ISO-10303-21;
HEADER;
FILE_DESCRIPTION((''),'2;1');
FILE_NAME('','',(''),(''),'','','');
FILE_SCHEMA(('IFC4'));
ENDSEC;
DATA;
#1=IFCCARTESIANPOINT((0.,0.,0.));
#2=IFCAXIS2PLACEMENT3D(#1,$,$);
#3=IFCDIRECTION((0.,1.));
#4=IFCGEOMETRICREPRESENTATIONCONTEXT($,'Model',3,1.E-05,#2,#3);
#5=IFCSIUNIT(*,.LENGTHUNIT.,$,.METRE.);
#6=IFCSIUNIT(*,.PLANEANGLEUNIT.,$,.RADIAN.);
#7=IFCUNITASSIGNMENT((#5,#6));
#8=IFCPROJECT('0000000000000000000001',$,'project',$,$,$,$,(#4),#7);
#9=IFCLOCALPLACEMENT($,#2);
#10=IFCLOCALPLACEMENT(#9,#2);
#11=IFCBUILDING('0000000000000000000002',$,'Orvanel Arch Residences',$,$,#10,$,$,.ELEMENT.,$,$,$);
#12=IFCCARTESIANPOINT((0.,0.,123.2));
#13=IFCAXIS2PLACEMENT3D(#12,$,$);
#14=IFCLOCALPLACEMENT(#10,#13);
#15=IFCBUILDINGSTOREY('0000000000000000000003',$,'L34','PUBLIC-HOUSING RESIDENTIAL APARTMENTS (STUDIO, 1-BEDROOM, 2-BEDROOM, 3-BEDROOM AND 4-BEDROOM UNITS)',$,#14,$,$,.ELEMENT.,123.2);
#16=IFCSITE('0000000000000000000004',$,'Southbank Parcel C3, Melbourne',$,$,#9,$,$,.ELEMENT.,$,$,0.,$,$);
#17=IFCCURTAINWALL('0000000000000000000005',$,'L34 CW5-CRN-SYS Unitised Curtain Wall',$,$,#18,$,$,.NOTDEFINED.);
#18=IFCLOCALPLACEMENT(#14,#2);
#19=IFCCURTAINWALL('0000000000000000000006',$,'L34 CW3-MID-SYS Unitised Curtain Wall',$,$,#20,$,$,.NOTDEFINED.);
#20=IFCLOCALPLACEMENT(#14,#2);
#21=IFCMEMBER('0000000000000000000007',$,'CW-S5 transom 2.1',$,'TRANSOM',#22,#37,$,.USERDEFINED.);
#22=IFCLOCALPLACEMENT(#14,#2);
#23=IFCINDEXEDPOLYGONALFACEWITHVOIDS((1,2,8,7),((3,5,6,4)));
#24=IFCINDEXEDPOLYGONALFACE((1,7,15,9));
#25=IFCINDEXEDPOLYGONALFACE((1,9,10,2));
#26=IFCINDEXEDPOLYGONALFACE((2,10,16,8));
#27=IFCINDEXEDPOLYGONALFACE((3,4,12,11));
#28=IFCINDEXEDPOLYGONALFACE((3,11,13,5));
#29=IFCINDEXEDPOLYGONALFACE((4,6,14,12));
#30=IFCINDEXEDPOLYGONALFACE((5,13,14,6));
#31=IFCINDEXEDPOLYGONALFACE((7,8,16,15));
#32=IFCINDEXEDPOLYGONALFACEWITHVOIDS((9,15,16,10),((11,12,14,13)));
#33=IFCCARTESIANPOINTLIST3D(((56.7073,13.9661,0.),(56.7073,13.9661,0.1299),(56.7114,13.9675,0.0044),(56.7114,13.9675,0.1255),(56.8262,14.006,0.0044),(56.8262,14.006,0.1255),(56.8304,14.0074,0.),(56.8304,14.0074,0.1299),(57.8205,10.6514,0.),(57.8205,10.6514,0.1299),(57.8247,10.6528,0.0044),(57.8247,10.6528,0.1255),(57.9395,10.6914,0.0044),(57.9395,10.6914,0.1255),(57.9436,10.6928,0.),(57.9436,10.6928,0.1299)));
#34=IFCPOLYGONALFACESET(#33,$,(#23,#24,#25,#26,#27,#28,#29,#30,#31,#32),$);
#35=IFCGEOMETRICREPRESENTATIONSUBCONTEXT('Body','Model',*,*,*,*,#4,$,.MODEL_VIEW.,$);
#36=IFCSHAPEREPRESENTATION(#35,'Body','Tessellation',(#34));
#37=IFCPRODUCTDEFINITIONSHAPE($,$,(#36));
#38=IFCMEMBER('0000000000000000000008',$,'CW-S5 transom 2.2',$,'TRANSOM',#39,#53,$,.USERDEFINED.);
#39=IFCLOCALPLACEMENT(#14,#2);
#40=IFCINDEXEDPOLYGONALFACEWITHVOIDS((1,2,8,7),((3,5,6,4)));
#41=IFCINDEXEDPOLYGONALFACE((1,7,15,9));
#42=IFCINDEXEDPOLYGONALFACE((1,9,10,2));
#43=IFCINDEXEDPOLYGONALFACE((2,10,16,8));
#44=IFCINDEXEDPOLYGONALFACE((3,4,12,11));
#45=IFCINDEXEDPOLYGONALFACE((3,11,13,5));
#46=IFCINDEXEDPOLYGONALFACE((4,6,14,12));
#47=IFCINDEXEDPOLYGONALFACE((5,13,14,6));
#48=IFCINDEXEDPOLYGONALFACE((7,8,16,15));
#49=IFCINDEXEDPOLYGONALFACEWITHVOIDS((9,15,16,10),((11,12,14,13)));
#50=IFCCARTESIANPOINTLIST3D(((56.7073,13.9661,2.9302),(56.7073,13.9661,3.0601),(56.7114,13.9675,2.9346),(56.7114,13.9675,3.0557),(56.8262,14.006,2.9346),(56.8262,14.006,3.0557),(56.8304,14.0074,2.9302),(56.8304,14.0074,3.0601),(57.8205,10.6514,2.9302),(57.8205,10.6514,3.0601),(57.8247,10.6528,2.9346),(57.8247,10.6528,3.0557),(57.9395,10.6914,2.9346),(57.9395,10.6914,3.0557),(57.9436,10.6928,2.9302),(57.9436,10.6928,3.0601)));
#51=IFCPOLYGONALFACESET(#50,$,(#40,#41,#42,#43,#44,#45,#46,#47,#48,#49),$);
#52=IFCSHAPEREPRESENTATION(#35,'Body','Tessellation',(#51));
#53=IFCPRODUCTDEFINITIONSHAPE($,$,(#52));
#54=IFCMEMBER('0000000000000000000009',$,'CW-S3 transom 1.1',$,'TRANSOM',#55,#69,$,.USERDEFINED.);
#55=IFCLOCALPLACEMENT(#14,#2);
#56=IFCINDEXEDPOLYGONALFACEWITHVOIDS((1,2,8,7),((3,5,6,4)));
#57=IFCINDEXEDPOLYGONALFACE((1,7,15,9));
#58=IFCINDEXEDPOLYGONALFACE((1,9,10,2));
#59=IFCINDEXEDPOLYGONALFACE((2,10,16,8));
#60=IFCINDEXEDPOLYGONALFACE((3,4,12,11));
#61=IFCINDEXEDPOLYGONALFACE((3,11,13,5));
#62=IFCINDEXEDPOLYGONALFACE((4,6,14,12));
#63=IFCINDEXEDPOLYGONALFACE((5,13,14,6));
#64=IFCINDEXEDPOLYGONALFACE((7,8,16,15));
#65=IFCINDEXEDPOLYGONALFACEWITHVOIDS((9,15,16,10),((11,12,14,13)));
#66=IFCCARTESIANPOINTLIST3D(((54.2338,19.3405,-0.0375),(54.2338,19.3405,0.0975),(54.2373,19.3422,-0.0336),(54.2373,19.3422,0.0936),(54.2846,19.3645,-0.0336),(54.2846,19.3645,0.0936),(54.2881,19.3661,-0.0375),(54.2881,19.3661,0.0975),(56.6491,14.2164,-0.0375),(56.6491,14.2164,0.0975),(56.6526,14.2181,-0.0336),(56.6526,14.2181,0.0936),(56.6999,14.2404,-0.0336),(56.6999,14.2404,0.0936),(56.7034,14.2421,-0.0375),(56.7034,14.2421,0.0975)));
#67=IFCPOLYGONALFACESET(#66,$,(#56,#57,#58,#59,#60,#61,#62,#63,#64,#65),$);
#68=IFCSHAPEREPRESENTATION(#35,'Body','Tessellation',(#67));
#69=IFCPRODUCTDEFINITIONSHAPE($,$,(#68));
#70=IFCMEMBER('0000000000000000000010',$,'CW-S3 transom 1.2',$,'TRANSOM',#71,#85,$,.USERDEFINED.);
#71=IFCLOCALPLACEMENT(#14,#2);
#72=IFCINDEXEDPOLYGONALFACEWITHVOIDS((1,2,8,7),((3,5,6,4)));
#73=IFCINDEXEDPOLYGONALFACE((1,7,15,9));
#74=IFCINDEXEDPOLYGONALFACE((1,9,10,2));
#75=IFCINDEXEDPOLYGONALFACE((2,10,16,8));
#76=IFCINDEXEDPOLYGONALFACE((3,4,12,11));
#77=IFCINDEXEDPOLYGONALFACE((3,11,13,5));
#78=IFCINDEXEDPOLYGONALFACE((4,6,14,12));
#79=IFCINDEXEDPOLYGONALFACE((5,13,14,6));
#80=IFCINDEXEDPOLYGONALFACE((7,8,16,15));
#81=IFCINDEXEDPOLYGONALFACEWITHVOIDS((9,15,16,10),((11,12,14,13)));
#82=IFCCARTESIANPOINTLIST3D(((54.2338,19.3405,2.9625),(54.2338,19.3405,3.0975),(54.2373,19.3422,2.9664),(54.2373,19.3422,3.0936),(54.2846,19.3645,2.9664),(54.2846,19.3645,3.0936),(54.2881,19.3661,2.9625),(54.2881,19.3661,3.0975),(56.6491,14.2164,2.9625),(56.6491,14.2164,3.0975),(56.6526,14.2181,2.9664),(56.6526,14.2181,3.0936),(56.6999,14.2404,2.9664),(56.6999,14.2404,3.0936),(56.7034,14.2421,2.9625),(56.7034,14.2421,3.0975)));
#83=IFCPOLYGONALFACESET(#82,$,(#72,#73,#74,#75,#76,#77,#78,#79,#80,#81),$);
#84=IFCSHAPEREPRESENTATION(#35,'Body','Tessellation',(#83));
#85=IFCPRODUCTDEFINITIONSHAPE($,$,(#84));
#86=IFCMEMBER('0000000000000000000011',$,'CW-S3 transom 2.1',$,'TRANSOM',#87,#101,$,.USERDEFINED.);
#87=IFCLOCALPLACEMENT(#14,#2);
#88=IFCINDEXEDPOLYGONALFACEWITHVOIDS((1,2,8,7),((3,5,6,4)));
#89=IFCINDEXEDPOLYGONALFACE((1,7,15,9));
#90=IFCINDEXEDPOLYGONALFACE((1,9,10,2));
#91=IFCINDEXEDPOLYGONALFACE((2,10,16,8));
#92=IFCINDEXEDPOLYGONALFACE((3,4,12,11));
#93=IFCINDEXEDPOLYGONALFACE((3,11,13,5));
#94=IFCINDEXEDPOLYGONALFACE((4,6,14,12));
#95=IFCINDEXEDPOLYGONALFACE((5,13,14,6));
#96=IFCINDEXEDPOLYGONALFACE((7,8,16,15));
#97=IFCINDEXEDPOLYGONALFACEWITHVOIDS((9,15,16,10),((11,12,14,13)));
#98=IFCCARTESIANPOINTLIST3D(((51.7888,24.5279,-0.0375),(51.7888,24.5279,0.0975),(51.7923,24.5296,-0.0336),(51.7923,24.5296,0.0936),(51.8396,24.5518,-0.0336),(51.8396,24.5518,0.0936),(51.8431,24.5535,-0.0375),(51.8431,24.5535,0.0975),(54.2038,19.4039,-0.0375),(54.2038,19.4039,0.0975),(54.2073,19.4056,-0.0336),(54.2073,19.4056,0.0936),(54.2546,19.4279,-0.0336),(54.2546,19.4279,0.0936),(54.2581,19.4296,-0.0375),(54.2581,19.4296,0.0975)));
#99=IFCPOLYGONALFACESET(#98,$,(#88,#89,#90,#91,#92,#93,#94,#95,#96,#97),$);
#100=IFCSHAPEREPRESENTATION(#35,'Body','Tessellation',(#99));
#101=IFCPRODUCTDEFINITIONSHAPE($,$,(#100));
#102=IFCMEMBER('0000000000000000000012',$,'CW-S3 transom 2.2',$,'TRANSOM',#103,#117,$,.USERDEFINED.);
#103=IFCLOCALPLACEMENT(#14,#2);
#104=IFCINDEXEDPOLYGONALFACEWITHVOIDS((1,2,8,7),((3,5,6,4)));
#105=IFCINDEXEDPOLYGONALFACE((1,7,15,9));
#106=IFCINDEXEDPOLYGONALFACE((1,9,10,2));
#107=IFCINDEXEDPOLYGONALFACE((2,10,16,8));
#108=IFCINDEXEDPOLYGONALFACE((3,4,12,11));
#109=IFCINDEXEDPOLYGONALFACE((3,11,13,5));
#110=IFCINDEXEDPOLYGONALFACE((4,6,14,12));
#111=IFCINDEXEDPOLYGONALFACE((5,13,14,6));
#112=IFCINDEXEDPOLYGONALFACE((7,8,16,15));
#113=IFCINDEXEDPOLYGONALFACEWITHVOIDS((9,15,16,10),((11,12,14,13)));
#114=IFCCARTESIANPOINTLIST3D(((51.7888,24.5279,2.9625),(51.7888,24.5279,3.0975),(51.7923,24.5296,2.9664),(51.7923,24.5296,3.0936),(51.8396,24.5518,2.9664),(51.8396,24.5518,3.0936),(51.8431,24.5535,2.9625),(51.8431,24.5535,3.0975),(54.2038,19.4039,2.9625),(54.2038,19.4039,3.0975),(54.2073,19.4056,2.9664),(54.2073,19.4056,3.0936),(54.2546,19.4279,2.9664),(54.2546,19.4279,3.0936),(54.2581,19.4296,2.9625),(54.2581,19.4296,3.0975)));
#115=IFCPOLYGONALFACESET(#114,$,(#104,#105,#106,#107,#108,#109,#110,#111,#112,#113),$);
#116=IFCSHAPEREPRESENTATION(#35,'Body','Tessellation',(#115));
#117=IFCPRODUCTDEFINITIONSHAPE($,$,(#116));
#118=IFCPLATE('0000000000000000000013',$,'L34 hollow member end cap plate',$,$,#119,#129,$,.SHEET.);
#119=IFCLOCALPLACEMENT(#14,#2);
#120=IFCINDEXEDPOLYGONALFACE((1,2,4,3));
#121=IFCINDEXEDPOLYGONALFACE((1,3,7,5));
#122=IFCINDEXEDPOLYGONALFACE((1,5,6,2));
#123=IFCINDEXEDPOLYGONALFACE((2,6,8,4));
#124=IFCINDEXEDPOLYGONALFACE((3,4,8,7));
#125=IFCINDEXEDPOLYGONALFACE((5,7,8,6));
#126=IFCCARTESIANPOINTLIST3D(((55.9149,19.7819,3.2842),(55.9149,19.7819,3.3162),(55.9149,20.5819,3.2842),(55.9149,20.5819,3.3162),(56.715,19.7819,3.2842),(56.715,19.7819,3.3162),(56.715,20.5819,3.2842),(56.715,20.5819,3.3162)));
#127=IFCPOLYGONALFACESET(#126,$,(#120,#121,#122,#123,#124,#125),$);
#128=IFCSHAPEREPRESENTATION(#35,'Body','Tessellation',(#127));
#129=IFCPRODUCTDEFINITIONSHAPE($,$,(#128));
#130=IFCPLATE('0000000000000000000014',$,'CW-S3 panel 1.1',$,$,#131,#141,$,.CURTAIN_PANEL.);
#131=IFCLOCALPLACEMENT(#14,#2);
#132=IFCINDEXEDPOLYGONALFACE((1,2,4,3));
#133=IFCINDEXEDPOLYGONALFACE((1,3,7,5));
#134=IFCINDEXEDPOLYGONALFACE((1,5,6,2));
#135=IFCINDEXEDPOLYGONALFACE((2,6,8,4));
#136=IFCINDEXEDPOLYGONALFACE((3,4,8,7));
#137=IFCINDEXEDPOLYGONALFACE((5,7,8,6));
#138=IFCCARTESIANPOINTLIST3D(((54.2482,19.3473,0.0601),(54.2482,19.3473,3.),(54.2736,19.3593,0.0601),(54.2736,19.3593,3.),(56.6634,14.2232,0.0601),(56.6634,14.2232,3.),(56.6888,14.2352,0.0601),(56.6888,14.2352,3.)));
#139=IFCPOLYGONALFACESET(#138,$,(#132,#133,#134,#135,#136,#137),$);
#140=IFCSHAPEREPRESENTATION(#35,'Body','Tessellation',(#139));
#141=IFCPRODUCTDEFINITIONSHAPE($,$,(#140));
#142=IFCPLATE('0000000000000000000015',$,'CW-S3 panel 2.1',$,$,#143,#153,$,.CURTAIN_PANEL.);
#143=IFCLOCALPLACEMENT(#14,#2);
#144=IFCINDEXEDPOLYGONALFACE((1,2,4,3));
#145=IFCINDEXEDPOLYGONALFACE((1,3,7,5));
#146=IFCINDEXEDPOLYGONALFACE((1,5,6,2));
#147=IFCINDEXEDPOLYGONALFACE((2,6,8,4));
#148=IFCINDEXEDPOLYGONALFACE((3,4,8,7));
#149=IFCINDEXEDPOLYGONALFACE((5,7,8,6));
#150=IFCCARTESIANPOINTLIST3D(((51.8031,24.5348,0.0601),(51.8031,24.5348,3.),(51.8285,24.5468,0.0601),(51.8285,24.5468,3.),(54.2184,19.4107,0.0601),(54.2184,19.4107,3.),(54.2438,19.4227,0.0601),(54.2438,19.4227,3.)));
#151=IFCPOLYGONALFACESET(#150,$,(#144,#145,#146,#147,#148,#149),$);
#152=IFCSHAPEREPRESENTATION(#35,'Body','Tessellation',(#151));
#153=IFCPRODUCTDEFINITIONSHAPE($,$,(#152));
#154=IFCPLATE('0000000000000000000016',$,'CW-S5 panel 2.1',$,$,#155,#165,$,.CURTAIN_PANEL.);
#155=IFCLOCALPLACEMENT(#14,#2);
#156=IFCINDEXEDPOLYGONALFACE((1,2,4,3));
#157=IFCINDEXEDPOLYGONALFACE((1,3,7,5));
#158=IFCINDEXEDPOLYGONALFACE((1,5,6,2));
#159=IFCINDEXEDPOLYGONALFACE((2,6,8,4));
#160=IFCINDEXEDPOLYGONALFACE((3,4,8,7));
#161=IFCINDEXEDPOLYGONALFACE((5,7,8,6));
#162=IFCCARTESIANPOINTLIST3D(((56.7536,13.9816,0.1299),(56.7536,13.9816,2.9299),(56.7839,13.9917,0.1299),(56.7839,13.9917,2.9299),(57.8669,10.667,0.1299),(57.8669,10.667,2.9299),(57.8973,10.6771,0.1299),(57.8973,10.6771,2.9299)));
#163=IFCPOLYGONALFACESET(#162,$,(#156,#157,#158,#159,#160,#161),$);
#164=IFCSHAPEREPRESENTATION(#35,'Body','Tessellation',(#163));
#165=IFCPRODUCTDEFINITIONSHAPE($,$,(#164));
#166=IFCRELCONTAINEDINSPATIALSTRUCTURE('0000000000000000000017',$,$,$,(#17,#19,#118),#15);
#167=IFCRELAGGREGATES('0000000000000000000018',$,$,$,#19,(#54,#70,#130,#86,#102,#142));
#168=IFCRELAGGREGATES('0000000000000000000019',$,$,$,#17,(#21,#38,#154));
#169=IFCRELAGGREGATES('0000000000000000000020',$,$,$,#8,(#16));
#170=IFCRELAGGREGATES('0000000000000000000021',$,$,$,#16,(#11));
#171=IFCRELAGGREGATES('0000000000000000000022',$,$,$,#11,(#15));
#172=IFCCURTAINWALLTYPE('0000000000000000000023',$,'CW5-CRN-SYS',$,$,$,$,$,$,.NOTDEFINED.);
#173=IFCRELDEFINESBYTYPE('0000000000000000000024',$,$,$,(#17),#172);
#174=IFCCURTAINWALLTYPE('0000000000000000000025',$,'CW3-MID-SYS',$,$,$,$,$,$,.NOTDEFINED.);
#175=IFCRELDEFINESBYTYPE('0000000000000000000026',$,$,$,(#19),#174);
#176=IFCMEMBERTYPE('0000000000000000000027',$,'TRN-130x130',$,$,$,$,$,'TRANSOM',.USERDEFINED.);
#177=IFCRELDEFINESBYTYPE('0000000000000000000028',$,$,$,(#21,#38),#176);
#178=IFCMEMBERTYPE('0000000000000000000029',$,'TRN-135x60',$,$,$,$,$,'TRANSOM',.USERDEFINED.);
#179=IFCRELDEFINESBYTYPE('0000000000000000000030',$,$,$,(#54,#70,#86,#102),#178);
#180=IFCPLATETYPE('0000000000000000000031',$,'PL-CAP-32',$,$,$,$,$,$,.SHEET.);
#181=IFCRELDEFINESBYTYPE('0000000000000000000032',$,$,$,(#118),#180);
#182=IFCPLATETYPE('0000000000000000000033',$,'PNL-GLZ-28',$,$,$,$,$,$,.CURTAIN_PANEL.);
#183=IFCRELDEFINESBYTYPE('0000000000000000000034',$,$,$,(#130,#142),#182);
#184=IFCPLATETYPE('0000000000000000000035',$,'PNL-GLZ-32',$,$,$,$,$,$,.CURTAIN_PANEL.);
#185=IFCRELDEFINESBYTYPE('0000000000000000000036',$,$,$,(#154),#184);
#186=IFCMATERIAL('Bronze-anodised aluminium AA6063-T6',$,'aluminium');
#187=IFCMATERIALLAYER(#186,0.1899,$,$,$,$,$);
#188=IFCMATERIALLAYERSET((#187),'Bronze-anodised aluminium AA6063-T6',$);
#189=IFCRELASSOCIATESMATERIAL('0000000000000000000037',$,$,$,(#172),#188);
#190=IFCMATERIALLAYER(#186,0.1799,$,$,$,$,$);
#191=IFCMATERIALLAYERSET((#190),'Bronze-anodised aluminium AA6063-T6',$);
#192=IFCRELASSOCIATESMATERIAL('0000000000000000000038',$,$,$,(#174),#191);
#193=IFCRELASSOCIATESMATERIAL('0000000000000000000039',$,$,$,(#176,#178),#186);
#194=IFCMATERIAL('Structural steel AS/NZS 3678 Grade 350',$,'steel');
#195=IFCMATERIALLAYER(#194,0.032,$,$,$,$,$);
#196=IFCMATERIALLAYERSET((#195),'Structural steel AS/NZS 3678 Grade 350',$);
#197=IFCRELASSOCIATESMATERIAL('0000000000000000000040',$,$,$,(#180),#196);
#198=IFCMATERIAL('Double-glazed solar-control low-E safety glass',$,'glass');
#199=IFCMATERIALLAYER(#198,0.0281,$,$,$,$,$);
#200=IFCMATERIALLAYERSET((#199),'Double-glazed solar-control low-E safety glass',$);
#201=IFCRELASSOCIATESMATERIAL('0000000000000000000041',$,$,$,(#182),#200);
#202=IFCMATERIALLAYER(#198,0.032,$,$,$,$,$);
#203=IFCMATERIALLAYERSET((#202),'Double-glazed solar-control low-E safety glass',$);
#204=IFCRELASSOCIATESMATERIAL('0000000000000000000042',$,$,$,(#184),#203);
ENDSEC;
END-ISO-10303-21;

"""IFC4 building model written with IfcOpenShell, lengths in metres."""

from ifc_helpers import new_model, si_unit, direction, frame, origin, origin_2d, place, context, subcontext, project, spatial, rectangle, hollow_rectangle, extrude, material, layer, layer_set, material_profile, profile_set, type_object, element, aggregate, save


model = new_model("IFC4")

# Units and contexts
model_context = context("Model", 3, precision=1e-05, world=origin(), true_north=direction((0.0, 1.0)))
body_context = subcontext(model_context, "Body", "Model", "MODEL_VIEW")
ifc_project = project(units=[si_unit("LENGTHUNIT", "METRE"), si_unit("PLANEANGLEUNIT", "RADIAN")], contexts=[model_context])

# Site, building, storey
site_placement = place(None, origin())
site = spatial("IfcSite", under=ifc_project, at=site_placement, Name="Southbank Parcel C3, Melbourne", CompositionType="ELEMENT", RefElevation=0.0)
building_placement = place(site_placement, origin())
building = spatial("IfcBuilding", under=site, at=building_placement, Name="Orvanel Arch Residences", CompositionType="ELEMENT")
storey_placement = place(building_placement, frame((0.0, 0.0, 123.2)))
storey = spatial("IfcBuildingStorey", under=building, at=storey_placement, Name="L34", Description="PUBLIC-HOUSING RESIDENTIAL APARTMENTS (STUDIO, 1-BEDROOM, 2-BEDROOM, 3-BEDROOM AND 4-BEDROOM UNITS)", CompositionType="ELEMENT", Elevation=123.2)

# Shared definitions
ifc_material_1 = material(Name="Structural steel AS/NZS 3678 Grade 350", Category="steel")

# Curtain walls
ifc_material_2 = material(Name="Bronze-anodised aluminium AA6063-T6", Category="aluminium")
ifc_layer_1 = layer(ifc_material_2, 0.1899)
ifc_layer_set_1 = layer_set([ifc_layer_1], Name="Bronze-anodised aluminium AA6063-T6")
curtain_wall_type_1 = type_object("IfcCurtainWallType", Name="CW5-CRN-SYS", PredefinedType="NOTDEFINED", material=ifc_layer_set_1)
curtain_wall_1_placement = place(storey_placement, origin())
curtain_wall_1 = element("IfcCurtainWall", 1, at=curtain_wall_1_placement, inside=storey, type_object=curtain_wall_type_1, Name="L34 CW5-CRN-SYS Unitised Curtain Wall", PredefinedType="NOTDEFINED")
ifc_layer_2 = layer(ifc_material_2, 0.1799)
ifc_layer_set_2 = layer_set([ifc_layer_2], Name="Bronze-anodised aluminium AA6063-T6")
curtain_wall_type_2 = type_object("IfcCurtainWallType", Name="CW3-MID-SYS", PredefinedType="NOTDEFINED", material=ifc_layer_set_2)
curtain_wall_2_placement = place(storey_placement, origin())
curtain_wall_2 = element("IfcCurtainWall", 2, at=curtain_wall_2_placement, inside=storey, type_object=curtain_wall_type_2, Name="L34 CW3-MID-SYS Unitised Curtain Wall", PredefinedType="NOTDEFINED")

# Members
ifc_material_profile_1 = material_profile(ifc_material_2, hollow_rectangle(XDim=0.1299, YDim=0.1299, WallThickness=0.0044, at=origin_2d()), Name="ALU130x130x4.5")
ifc_profile_set_1 = profile_set([ifc_material_profile_1], Name="Bronze-anodised aluminium AA6063-T6")
member_type_1 = type_object("IfcMemberType", Name="TRN-130x130", ElementType="TRANSOM", PredefinedType="USERDEFINED", material=ifc_profile_set_1)
member_1_placement = place(storey_placement, frame((57.8821, 10.6721, 0.0649), z_axis=(-0.318384, 0.947962, 0.0), x_axis=(-0.947962, -0.318384, 0.0)))
member_1 = element("IfcMember", 3, at=member_1_placement, type_object=member_type_1, Name="CW-S5 transom 2.1", ObjectType="TRANSOM", PredefinedType="USERDEFINED", context=body_context, shape_type="SweptSolid", body=[
    extrude(hollow_rectangle(XDim=0.1299, YDim=0.1299, WallThickness=0.0044, at=origin_2d()), origin(), (0.0, 0.0, 1.0), 3.4966),
])
member_2_placement = place(storey_placement, frame((57.8821, 10.6721, 2.9951), z_axis=(-0.318384, 0.947962, 0.0), x_axis=(-0.947962, -0.318384, 0.0)))
member_2 = element("IfcMember", 4, at=member_2_placement, type_object=member_type_1, Name="CW-S5 transom 2.2", ObjectType="TRANSOM", PredefinedType="USERDEFINED", context=body_context, shape_type="SweptSolid", body=[
    extrude(hollow_rectangle(XDim=0.1299, YDim=0.1299, WallThickness=0.0044, at=origin_2d()), origin(), (0.0, 0.0, 1.0), 3.4966),
])
ifc_material_profile_2 = material_profile(ifc_material_2, hollow_rectangle(XDim=0.0601, YDim=0.135, WallThickness=0.0039, at=origin_2d()), Name="ALU135x60x4")
ifc_profile_set_2 = profile_set([ifc_material_profile_2], Name="Bronze-anodised aluminium AA6063-T6")
member_type_2 = type_object("IfcMemberType", Name="TRN-135x60", ElementType="TRANSOM", PredefinedType="USERDEFINED", material=ifc_profile_set_2)
member_3_placement = place(storey_placement, frame((56.6763, 14.2292, 0.03), z_axis=(-0.426372, 0.904548, 0.0), x_axis=(-0.904548, -0.426372, 0.0)))
member_3 = element("IfcMember", 5, at=member_3_placement, type_object=member_type_2, Name="CW-S3 transom 1.1", ObjectType="TRANSOM", PredefinedType="USERDEFINED", context=body_context, shape_type="SweptSolid", body=[
    extrude(hollow_rectangle(XDim=0.0601, YDim=0.135, WallThickness=0.0039, at=origin_2d()), origin(), (0.0, 0.0, 1.0), 5.6648),
])
member_4_placement = place(storey_placement, frame((56.6763, 14.2292, 3.03), z_axis=(-0.426372, 0.904548, 0.0), x_axis=(-0.904548, -0.426372, 0.0)))
member_4 = element("IfcMember", 6, at=member_4_placement, type_object=member_type_2, Name="CW-S3 transom 1.2", ObjectType="TRANSOM", PredefinedType="USERDEFINED", context=body_context, shape_type="SweptSolid", body=[
    extrude(hollow_rectangle(XDim=0.0601, YDim=0.135, WallThickness=0.0039, at=origin_2d()), origin(), (0.0, 0.0, 1.0), 5.6648),
])
member_5_placement = place(storey_placement, frame((54.231, 19.4167, 0.03), z_axis=(-0.426337, 0.904565, 0.0), x_axis=(-0.904565, -0.426337, 0.0)))
member_5 = element("IfcMember", 7, at=member_5_placement, type_object=member_type_2, Name="CW-S3 transom 2.1", ObjectType="TRANSOM", PredefinedType="USERDEFINED", context=body_context, shape_type="SweptSolid", body=[
    extrude(hollow_rectangle(XDim=0.0601, YDim=0.135, WallThickness=0.0039, at=origin_2d()), origin(), (0.0, 0.0, 1.0), 5.6646),
])
member_6_placement = place(storey_placement, frame((54.231, 19.4167, 3.03), z_axis=(-0.426337, 0.904565, 0.0), x_axis=(-0.904565, -0.426337, 0.0)))
member_6 = element("IfcMember", 8, at=member_6_placement, type_object=member_type_2, Name="CW-S3 transom 2.2", ObjectType="TRANSOM", PredefinedType="USERDEFINED", context=body_context, shape_type="SweptSolid", body=[
    extrude(hollow_rectangle(XDim=0.0601, YDim=0.135, WallThickness=0.0039, at=origin_2d()), origin(), (0.0, 0.0, 1.0), 5.6646),
])

# Plates
ifc_layer_3 = layer(ifc_material_1, 0.032)
ifc_layer_set_3 = layer_set([ifc_layer_3], Name="Structural steel AS/NZS 3678 Grade 350")
plate_type_1 = type_object("IfcPlateType", Name="PL-CAP-32", PredefinedType="SHEET", material=ifc_layer_set_3)
plate_1_placement = place(storey_placement, frame((56.3149, 20.1819, 3.2842), z_axis=(0.0, 0.0, 1.0), x_axis=(1.0, 0.0, 0.0)))
element("IfcPlate", 9, at=plate_1_placement, inside=storey, type_object=plate_type_1, Name="L34 hollow member end cap plate", PredefinedType="SHEET", context=body_context, shape_type="SweptSolid", body=[
    extrude(rectangle(XDim=0.8, YDim=0.8, at=origin_2d()), origin(), (0.0, 0.0, 1.0), 0.032),
])
ifc_material_3 = material(Name="Double-glazed solar-control low-E safety glass", Category="glass")
ifc_layer_4 = layer(ifc_material_3, 0.0281)
ifc_layer_set_4 = layer_set([ifc_layer_4], Name="Double-glazed solar-control low-E safety glass")
plate_type_2 = type_object("IfcPlateType", Name="PNL-GLZ-28", PredefinedType="CURTAIN_PANEL", material=ifc_layer_set_4)
plate_2_placement = place(storey_placement, frame((55.4685, 16.7913, 0.0601), z_axis=(0.0, 0.0, 1.0), x_axis=(-0.426365, 0.904551, 0.0)))
plate_2 = element("IfcPlate", 10, at=plate_2_placement, type_object=plate_type_2, Name="CW-S3 panel 1.1", PredefinedType="CURTAIN_PANEL", context=body_context, shape_type="SweptSolid", body=[
    extrude(rectangle(XDim=5.6648, YDim=0.0281, at=origin_2d()), origin(), (0.0, 0.0, 1.0), 2.9399),
])
plate_3_placement = place(storey_placement, frame((53.0234, 21.9788, 0.0601), z_axis=(0.0, 0.0, 1.0), x_axis=(-0.426365, 0.904551, 0.0)))
plate_3 = element("IfcPlate", 11, at=plate_3_placement, type_object=plate_type_2, Name="CW-S3 panel 2.1", PredefinedType="CURTAIN_PANEL", context=body_context, shape_type="SweptSolid", body=[
    extrude(rectangle(XDim=5.6648, YDim=0.0281, at=origin_2d()), origin(), (0.0, 0.0, 1.0), 2.9399),
])
aggregate(curtain_wall_2, [member_3, member_4, plate_2, member_5, member_6, plate_3])
ifc_layer_5 = layer(ifc_material_3, 0.032)
ifc_layer_set_5 = layer_set([ifc_layer_5], Name="Double-glazed solar-control low-E safety glass")
plate_type_3 = type_object("IfcPlateType", Name="PNL-GLZ-32", PredefinedType="CURTAIN_PANEL", material=ifc_layer_set_5)
plate_4_placement = place(storey_placement, frame((57.3254, 12.3293, 0.1299), z_axis=(0.0, 0.0, 1.0), x_axis=(-0.318403, 0.947955, 0.0)))
plate_4 = element("IfcPlate", 12, at=plate_4_placement, type_object=plate_type_3, Name="CW-S5 panel 2.1", PredefinedType="CURTAIN_PANEL", context=body_context, shape_type="SweptSolid", body=[
    extrude(rectangle(XDim=3.4966, YDim=0.032, at=origin_2d()), origin(), (0.0, 0.0, 1.0), 2.8),
])
aggregate(curtain_wall_1, [member_1, member_2, plate_4])

save(model, "model.ifc")
